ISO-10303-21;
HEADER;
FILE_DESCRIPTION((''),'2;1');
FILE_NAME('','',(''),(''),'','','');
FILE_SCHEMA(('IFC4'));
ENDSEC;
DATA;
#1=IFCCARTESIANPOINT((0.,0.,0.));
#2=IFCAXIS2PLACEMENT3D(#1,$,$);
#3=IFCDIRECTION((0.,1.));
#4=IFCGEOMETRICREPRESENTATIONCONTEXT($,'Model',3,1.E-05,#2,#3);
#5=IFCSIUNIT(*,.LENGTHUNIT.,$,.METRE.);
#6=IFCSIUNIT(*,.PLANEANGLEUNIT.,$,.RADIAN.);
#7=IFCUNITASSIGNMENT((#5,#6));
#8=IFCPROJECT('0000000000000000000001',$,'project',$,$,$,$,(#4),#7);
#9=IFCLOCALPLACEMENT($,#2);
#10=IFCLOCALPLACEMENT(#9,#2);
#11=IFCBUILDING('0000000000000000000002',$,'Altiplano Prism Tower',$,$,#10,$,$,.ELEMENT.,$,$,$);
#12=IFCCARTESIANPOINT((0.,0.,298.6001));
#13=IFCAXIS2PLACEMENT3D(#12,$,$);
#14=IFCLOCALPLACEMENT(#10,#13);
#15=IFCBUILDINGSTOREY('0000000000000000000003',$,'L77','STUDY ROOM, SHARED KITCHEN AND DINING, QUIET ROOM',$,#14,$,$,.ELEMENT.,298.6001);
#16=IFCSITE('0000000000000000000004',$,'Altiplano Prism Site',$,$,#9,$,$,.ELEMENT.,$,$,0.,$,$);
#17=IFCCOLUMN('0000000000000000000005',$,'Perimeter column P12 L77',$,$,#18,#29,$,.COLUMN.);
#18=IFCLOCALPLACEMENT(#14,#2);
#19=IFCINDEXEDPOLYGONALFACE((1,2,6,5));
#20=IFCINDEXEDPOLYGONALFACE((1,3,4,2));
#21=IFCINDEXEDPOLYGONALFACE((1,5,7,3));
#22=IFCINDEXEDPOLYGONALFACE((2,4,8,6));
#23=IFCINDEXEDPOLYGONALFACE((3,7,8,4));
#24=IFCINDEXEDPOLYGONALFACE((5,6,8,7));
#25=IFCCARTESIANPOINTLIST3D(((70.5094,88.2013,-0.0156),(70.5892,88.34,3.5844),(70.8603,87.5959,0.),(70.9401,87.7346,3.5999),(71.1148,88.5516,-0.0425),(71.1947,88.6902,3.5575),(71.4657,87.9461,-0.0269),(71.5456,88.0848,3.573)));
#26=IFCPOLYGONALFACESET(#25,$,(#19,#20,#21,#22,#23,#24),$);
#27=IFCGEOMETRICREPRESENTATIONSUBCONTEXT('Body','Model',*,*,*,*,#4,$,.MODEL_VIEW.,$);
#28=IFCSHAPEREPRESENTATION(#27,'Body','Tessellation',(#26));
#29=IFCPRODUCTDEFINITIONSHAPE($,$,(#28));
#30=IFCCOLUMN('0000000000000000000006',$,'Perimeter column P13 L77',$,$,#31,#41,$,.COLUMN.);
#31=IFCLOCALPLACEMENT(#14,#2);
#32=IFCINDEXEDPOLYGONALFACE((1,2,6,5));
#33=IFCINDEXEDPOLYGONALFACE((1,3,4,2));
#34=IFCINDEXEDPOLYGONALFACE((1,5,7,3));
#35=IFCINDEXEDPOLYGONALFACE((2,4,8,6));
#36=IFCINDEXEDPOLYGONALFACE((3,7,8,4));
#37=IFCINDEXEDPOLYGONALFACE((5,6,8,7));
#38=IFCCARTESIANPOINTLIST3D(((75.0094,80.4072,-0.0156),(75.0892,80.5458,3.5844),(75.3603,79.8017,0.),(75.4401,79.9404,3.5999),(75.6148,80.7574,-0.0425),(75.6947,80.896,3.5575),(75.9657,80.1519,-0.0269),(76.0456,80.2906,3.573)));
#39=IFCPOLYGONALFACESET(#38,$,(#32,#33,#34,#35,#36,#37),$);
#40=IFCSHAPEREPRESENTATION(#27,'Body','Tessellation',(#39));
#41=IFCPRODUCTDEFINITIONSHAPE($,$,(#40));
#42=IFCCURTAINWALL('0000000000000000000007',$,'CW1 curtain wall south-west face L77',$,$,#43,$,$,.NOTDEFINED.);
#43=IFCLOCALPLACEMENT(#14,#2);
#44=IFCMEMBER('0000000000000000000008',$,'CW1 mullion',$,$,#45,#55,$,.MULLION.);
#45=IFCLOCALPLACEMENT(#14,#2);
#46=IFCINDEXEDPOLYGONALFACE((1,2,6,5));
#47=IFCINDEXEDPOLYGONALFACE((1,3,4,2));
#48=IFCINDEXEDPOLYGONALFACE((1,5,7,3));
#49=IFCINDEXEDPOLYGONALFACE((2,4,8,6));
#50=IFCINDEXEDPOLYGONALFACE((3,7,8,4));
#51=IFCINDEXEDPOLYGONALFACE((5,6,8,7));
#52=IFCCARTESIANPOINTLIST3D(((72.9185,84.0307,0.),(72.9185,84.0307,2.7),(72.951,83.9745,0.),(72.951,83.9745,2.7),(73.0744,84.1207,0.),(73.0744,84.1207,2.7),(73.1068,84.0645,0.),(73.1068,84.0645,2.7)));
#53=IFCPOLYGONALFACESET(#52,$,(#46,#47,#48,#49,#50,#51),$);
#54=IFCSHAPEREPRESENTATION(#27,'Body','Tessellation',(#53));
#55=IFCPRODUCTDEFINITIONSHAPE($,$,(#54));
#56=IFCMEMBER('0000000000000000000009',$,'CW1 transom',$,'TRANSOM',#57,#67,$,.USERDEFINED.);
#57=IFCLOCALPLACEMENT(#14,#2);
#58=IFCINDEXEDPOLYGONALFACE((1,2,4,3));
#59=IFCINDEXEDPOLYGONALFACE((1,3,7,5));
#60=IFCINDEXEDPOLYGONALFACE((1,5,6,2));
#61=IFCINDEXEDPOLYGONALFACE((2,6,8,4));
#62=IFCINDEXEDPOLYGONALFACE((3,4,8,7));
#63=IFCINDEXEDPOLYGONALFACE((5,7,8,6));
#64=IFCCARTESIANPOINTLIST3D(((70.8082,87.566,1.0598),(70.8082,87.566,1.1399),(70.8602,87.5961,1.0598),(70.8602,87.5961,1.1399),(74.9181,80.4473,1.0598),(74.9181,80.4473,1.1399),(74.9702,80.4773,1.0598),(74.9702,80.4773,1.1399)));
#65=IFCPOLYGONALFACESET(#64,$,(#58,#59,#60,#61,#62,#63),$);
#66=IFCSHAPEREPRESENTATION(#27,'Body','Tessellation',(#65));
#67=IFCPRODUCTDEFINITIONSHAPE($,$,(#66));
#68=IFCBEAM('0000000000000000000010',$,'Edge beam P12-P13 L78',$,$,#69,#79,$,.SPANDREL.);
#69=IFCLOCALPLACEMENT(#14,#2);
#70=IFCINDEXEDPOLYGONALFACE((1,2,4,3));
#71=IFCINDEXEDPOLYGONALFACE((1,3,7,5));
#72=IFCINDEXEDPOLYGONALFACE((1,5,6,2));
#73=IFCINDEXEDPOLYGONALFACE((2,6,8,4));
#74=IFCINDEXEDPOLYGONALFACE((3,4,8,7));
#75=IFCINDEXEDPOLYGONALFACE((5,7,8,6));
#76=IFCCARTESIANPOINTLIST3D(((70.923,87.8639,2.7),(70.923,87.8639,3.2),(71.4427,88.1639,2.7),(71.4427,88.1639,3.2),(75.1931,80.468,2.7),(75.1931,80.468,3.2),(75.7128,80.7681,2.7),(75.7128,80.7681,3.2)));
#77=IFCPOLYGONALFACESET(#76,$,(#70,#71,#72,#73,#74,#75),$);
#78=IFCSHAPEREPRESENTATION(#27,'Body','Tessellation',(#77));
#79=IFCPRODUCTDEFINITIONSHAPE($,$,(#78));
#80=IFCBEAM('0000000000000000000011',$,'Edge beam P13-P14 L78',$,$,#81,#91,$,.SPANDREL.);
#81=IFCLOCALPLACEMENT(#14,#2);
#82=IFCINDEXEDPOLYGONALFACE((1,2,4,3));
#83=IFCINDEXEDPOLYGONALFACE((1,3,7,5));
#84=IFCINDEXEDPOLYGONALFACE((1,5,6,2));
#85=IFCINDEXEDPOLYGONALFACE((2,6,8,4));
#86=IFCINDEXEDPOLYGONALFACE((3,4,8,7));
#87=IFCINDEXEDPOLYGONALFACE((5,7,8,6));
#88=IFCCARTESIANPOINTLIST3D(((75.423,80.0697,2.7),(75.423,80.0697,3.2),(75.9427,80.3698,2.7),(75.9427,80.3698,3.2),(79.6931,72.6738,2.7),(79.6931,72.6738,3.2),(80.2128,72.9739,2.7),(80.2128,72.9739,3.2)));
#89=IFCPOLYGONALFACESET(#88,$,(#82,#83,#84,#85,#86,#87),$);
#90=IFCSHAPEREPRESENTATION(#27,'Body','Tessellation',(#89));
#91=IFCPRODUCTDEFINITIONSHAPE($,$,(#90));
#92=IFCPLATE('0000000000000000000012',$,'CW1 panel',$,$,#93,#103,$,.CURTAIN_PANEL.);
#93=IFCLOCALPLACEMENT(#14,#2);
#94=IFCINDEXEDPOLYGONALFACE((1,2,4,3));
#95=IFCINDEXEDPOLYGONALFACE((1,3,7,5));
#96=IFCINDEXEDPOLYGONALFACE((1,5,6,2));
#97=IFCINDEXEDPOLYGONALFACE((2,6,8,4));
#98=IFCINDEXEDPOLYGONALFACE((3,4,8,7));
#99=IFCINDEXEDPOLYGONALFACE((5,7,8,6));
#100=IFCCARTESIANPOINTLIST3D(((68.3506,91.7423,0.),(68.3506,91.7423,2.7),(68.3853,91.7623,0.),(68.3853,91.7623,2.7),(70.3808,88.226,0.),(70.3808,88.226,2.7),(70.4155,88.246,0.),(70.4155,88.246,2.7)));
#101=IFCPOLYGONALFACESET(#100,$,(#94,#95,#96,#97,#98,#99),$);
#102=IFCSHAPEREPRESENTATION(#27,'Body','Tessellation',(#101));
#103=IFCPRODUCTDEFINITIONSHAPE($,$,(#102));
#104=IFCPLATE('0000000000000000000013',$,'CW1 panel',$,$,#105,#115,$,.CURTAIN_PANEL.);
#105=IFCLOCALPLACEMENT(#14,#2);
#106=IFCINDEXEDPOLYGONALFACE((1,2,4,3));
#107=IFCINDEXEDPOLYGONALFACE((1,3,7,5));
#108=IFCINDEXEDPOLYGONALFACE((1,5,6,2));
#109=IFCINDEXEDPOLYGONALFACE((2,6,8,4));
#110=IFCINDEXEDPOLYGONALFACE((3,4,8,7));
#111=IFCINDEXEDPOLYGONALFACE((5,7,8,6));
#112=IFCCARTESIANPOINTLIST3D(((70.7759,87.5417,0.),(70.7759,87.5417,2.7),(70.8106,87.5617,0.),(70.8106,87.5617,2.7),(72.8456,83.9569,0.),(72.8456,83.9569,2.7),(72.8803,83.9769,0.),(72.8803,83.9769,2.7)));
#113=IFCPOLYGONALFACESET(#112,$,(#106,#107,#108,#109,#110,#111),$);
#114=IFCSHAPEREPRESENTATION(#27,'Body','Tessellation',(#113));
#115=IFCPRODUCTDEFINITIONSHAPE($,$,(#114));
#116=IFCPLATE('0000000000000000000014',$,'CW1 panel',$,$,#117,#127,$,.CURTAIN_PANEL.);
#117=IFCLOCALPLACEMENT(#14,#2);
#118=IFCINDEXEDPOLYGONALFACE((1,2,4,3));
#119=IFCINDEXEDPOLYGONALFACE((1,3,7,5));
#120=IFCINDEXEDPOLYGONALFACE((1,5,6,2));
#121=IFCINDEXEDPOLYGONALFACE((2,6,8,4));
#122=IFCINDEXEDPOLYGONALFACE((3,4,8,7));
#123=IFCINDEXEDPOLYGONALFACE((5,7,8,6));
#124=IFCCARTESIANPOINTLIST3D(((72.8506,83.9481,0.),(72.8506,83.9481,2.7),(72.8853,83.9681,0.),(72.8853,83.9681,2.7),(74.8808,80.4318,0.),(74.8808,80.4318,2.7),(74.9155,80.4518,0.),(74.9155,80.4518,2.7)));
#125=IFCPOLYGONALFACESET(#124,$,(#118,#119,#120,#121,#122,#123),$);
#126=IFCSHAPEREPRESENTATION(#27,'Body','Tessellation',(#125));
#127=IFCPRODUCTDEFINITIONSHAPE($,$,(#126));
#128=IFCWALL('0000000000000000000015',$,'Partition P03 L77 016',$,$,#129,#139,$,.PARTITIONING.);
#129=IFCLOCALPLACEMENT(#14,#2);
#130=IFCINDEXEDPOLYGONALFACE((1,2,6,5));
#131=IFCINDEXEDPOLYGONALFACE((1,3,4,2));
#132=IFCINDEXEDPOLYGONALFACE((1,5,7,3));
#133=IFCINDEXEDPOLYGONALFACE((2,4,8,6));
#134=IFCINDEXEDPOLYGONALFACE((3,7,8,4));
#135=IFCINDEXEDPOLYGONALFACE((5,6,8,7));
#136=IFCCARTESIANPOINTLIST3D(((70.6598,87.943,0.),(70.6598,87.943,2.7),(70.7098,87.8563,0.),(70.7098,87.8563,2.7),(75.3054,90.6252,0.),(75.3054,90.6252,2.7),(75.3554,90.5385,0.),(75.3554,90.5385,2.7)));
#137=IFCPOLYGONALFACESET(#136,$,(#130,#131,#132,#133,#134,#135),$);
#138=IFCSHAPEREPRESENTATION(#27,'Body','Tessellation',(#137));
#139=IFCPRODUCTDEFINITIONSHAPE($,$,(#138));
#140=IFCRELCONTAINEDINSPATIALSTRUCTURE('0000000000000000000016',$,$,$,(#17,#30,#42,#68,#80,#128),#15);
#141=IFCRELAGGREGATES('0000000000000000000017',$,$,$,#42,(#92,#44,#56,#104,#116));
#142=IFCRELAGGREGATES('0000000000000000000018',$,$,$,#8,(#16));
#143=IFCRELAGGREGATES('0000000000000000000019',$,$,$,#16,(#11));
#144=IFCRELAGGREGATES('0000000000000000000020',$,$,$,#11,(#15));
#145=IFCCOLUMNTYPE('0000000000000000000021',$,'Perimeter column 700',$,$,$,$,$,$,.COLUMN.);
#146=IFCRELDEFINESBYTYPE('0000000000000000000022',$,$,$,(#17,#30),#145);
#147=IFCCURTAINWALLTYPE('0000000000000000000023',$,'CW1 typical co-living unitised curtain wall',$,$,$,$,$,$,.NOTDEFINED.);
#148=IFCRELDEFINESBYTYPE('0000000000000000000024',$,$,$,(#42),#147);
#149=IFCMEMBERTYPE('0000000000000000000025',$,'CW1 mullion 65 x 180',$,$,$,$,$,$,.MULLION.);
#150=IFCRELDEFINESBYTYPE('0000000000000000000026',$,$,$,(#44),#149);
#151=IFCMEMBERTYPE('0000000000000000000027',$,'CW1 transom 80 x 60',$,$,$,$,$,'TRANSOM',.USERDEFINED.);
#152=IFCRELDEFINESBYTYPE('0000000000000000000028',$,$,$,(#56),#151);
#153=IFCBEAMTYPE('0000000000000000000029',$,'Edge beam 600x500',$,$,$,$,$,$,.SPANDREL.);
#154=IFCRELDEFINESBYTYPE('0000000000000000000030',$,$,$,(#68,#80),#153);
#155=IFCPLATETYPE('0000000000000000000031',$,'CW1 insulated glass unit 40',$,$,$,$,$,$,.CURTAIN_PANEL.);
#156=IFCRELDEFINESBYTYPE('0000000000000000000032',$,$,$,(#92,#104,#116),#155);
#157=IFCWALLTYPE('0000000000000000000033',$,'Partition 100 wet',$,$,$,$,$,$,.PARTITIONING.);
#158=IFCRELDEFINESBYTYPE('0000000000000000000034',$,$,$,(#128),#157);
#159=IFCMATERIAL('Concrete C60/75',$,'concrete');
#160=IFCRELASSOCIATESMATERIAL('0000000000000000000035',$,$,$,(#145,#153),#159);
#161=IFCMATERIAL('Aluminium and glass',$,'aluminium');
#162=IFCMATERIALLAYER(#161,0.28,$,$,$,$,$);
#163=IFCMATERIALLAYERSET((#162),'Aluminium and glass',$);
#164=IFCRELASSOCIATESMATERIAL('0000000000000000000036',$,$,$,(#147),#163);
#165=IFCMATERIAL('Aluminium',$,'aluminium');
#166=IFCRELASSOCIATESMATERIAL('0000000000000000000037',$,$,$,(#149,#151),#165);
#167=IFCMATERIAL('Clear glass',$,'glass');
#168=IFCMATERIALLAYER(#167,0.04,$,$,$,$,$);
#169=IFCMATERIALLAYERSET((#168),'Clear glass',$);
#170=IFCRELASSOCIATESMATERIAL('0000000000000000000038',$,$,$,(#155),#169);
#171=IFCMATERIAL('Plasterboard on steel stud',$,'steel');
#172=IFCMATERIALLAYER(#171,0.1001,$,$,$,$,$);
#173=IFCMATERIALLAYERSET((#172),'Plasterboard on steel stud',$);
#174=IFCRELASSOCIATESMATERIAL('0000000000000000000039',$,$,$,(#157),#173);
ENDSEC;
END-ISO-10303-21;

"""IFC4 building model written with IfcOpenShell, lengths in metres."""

from ifc_helpers import new_model, si_unit, direction, frame, frame_2d, origin, origin_2d, place, context, subcontext, project, spatial, rectangle, extrude, material, layer, layer_set, material_profile, profile_set, type_object, element, aggregate, save


model = new_model("IFC4")

# Units and contexts
model_context = context("Model", 3, precision=1e-05, world=origin(), true_north=direction((0.0, 1.0)))
body_context = subcontext(model_context, "Body", "Model", "MODEL_VIEW")
ifc_project = project(units=[si_unit("LENGTHUNIT", "METRE"), si_unit("PLANEANGLEUNIT", "RADIAN")], contexts=[model_context])

# Site, building, storey
site_placement = place(None, origin())
site = spatial("IfcSite", under=ifc_project, at=site_placement, Name="Altiplano Prism Site", CompositionType="ELEMENT", RefElevation=0.0)
building_placement = place(site_placement, origin())
building = spatial("IfcBuilding", under=site, at=building_placement, Name="Altiplano Prism Tower", CompositionType="ELEMENT")
storey_placement = place(building_placement, frame((0.0, 0.0, 298.6001)))
storey = spatial("IfcBuildingStorey", under=building, at=storey_placement, Name="L77", Description="STUDY ROOM, SHARED KITCHEN AND DINING, QUIET ROOM", CompositionType="ELEMENT", Elevation=298.6001)

# Columns
ifc_material_1 = material(Name="Concrete C60/75", Category="concrete")
ifc_material_profile_1 = material_profile(ifc_material_1, rectangle(XDim=0.7, YDim=0.7, at=origin_2d()), Name="Perimeter column 700")
ifc_profile_set_1 = profile_set([ifc_material_profile_1], Name="Concrete C60/75")
column_type = type_object("IfcColumnType", Name="Perimeter column 700", PredefinedType="COLUMN", material=ifc_profile_set_1)
for number, where, z_axis, x_axis, name in (
    (1, (70.9875, 88.0737, -0.0212), (0.022155, 0.038484, 0.999014), (-0.864981, -0.500329, 0.038456), "Perimeter column P12 L77"),
    (2, (75.4875, 80.2795, -0.0212), (0.022155, 0.038484, 0.999014), (-0.86498, -0.500331, 0.038456), "Perimeter column P13 L77"),
):
    element("IfcColumn", number, at=place(storey_placement, frame(where, z_axis=z_axis, x_axis=x_axis)), inside=storey, type_object=column_type, Name=name, PredefinedType="COLUMN", context=body_context, shape_type="SweptSolid", body=[
        extrude(rectangle(XDim=0.7, YDim=0.7, at=origin_2d()), origin(), (0.0, 0.0, 1.0), 3.6035),
    ])

# Curtain wall, members
ifc_material_2 = material(Name="Aluminium and glass", Category="aluminium")
ifc_layer_1 = layer(ifc_material_2, 0.28)
ifc_layer_set_1 = layer_set([ifc_layer_1], Name="Aluminium and glass")
curtain_wall_type = type_object("IfcCurtainWallType", Name="CW1 typical co-living unitised curtain wall", PredefinedType="NOTDEFINED", material=ifc_layer_set_1)
curtain_wall_placement = place(storey_placement, origin())
curtain_wall = element("IfcCurtainWall", 3, at=curtain_wall_placement, inside=storey, type_object=curtain_wall_type, Name="CW1 curtain wall south-west face L77", PredefinedType="NOTDEFINED")
ifc_material_3 = material(Name="Aluminium", Category="aluminium")
ifc_material_profile_2 = material_profile(ifc_material_3, rectangle(XDim=0.1799, YDim=0.0649, at=origin_2d()), Name="CW1 mullion 65 x 180")
ifc_profile_set_2 = profile_set([ifc_material_profile_2], Name="Aluminium")
member_type_1 = type_object("IfcMemberType", Name="CW1 mullion 65 x 180", PredefinedType="MULLION", material=ifc_profile_set_2)
member_1_placement = place(storey_placement, frame((73.0127, 84.0476, 0.0), z_axis=(0.0, 0.0, 1.0), x_axis=(0.866025, 0.5, 0.0)))
member_1 = element("IfcMember", 4, at=member_1_placement, type_object=member_type_1, Name="CW1 mullion", PredefinedType="MULLION", context=body_context, shape_type="SweptSolid", body=[
    extrude(rectangle(XDim=0.1799, YDim=0.0649, at=origin_2d()), origin(), (0.0, 0.0, 1.0), 2.7),
])
ifc_material_profile_3 = material_profile(ifc_material_3, rectangle(XDim=0.0601, YDim=0.0801, at=origin_2d()), Name="CW1 transom 80 x 60")
ifc_profile_set_3 = profile_set([ifc_material_profile_3], Name="Aluminium")
member_type_2 = type_object("IfcMemberType", Name="CW1 transom 80 x 60", ElementType="TRANSOM", PredefinedType="USERDEFINED", material=ifc_profile_set_3)
member_2_placement = place(storey_placement, frame((70.8342, 87.5811, 1.0999), z_axis=(0.499992, -0.86603, 0.0), x_axis=(0.86603, 0.499992, 0.0)))
member_2 = element("IfcMember", 5, at=member_2_placement, type_object=member_type_2, Name="CW1 transom", ObjectType="TRANSOM", PredefinedType="USERDEFINED", context=body_context, shape_type="SweptSolid", body=[
    extrude(rectangle(XDim=0.0601, YDim=0.0801, at=origin_2d()), origin(), (0.0, 0.0, 1.0), 8.22),
])

# Beams
ifc_material_profile_4 = material_profile(ifc_material_1, rectangle(XDim=0.6001, YDim=0.5, at=origin_2d()), Name="Edge beam 600x500")
ifc_profile_set_4 = profile_set([ifc_material_profile_4], Name="Concrete C60/75")
beam_type = type_object("IfcBeamType", Name="Edge beam 600x500", PredefinedType="SPANDREL", material=ifc_profile_set_4)
for number, where, z_axis, x_axis, name in (
    (6, (71.1829, 88.0139, 2.95), (0.500007, -0.866021, 0.0), (0.866021, 0.500007, 0.0), "Edge beam P12-P13 L78"),
    (7, (75.6829, 80.2197, 2.95), (0.500007, -0.866021, 0.0), (0.866021, 0.500007, 0.0), "Edge beam P13-P14 L78"),
):
    element("IfcBeam", number, at=place(storey_placement, frame(where, z_axis=z_axis, x_axis=x_axis)), inside=storey, type_object=beam_type, Name=name, PredefinedType="SPANDREL", context=body_context, shape_type="SweptSolid", body=[
        extrude(rectangle(XDim=0.6001, YDim=0.5, at=origin_2d()), origin(), (0.0, 0.0, 1.0), 8.54),
    ])

# Plates
ifc_material_4 = material(Name="Clear glass", Category="glass")
ifc_layer_2 = layer(ifc_material_4, 0.04)
ifc_layer_set_2 = layer_set([ifc_layer_2], Name="Clear glass")
plate_type = type_object("IfcPlateType", Name="CW1 insulated glass unit 40", PredefinedType="CURTAIN_PANEL", material=ifc_layer_set_2)
plate_1_placement = place(storey_placement, frame((69.3831, 89.9941, 0.0), z_axis=(0.0, 0.0, 1.0), x_axis=(0.5, -0.866025, 0.0)))
plate_1 = element("IfcPlate", 8, at=plate_1_placement, type_object=plate_type, Name="CW1 panel", PredefinedType="CURTAIN_PANEL", context=body_context, shape_type="SweptSolid", body=[
    extrude(rectangle(XDim=4.0603, YDim=0.04, at=origin_2d()), origin(), (0.0, 0.0, 1.0), 2.7),
])
plate_2_placement = place(storey_placement, frame((71.8281, 85.7593, 0.0), z_axis=(0.0, 0.0, 1.0), x_axis=(0.5, -0.866025, 0.0)))
plate_2 = element("IfcPlate", 9, at=plate_2_placement, type_object=plate_type, Name="CW1 panel", PredefinedType="CURTAIN_PANEL", context=body_context, shape_type="SweptSolid", body=[
    extrude(rectangle(XDim=4.1394, YDim=0.04, at=origin_2d()), origin(), (0.0, 0.0, 1.0), 2.7),
])
plate_3_placement = place(storey_placement, frame((73.8831, 82.2, 0.0), z_axis=(0.0, 0.0, 1.0), x_axis=(0.5, -0.866025, 0.0)))
plate_3 = element("IfcPlate", 10, at=plate_3_placement, type_object=plate_type, Name="CW1 panel", PredefinedType="CURTAIN_PANEL", context=body_context, shape_type="SweptSolid", body=[
    extrude(rectangle(XDim=4.0603, YDim=0.04, at=origin_2d()), origin(), (0.0, 0.0, 1.0), 2.7),
])
aggregate(curtain_wall, [plate_1, member_1, member_2, plate_2, plate_3])

# Wall
ifc_material_5 = material(Name="Plasterboard on steel stud", Category="steel")
ifc_layer_3 = layer(ifc_material_5, 0.1001)
ifc_layer_set_3 = layer_set([ifc_layer_3], Name="Plasterboard on steel stud")
wall_type_1 = type_object("IfcWallType", Name="Partition 100 wet", PredefinedType="PARTITIONING", material=ifc_layer_set_3)
wall_1_placement = place(storey_placement, frame((70.6848, 87.8997, 0.0), z_axis=(0.0, 0.0, 1.0), x_axis=(0.866022, 0.500006, 0.0)))
element("IfcWall", 11, at=wall_1_placement, inside=storey, type_object=wall_type_1, Name="Partition P03 L77 016", PredefinedType="PARTITIONING", context=body_context, shape_type="SweptSolid", body=[
    extrude(rectangle(XDim=5.3643, YDim=0.1001, at=frame_2d((2.6821, 0.0))), origin(), (0.0, 0.0, 1.0), 2.7),
])

save(model, "model.ifc")
